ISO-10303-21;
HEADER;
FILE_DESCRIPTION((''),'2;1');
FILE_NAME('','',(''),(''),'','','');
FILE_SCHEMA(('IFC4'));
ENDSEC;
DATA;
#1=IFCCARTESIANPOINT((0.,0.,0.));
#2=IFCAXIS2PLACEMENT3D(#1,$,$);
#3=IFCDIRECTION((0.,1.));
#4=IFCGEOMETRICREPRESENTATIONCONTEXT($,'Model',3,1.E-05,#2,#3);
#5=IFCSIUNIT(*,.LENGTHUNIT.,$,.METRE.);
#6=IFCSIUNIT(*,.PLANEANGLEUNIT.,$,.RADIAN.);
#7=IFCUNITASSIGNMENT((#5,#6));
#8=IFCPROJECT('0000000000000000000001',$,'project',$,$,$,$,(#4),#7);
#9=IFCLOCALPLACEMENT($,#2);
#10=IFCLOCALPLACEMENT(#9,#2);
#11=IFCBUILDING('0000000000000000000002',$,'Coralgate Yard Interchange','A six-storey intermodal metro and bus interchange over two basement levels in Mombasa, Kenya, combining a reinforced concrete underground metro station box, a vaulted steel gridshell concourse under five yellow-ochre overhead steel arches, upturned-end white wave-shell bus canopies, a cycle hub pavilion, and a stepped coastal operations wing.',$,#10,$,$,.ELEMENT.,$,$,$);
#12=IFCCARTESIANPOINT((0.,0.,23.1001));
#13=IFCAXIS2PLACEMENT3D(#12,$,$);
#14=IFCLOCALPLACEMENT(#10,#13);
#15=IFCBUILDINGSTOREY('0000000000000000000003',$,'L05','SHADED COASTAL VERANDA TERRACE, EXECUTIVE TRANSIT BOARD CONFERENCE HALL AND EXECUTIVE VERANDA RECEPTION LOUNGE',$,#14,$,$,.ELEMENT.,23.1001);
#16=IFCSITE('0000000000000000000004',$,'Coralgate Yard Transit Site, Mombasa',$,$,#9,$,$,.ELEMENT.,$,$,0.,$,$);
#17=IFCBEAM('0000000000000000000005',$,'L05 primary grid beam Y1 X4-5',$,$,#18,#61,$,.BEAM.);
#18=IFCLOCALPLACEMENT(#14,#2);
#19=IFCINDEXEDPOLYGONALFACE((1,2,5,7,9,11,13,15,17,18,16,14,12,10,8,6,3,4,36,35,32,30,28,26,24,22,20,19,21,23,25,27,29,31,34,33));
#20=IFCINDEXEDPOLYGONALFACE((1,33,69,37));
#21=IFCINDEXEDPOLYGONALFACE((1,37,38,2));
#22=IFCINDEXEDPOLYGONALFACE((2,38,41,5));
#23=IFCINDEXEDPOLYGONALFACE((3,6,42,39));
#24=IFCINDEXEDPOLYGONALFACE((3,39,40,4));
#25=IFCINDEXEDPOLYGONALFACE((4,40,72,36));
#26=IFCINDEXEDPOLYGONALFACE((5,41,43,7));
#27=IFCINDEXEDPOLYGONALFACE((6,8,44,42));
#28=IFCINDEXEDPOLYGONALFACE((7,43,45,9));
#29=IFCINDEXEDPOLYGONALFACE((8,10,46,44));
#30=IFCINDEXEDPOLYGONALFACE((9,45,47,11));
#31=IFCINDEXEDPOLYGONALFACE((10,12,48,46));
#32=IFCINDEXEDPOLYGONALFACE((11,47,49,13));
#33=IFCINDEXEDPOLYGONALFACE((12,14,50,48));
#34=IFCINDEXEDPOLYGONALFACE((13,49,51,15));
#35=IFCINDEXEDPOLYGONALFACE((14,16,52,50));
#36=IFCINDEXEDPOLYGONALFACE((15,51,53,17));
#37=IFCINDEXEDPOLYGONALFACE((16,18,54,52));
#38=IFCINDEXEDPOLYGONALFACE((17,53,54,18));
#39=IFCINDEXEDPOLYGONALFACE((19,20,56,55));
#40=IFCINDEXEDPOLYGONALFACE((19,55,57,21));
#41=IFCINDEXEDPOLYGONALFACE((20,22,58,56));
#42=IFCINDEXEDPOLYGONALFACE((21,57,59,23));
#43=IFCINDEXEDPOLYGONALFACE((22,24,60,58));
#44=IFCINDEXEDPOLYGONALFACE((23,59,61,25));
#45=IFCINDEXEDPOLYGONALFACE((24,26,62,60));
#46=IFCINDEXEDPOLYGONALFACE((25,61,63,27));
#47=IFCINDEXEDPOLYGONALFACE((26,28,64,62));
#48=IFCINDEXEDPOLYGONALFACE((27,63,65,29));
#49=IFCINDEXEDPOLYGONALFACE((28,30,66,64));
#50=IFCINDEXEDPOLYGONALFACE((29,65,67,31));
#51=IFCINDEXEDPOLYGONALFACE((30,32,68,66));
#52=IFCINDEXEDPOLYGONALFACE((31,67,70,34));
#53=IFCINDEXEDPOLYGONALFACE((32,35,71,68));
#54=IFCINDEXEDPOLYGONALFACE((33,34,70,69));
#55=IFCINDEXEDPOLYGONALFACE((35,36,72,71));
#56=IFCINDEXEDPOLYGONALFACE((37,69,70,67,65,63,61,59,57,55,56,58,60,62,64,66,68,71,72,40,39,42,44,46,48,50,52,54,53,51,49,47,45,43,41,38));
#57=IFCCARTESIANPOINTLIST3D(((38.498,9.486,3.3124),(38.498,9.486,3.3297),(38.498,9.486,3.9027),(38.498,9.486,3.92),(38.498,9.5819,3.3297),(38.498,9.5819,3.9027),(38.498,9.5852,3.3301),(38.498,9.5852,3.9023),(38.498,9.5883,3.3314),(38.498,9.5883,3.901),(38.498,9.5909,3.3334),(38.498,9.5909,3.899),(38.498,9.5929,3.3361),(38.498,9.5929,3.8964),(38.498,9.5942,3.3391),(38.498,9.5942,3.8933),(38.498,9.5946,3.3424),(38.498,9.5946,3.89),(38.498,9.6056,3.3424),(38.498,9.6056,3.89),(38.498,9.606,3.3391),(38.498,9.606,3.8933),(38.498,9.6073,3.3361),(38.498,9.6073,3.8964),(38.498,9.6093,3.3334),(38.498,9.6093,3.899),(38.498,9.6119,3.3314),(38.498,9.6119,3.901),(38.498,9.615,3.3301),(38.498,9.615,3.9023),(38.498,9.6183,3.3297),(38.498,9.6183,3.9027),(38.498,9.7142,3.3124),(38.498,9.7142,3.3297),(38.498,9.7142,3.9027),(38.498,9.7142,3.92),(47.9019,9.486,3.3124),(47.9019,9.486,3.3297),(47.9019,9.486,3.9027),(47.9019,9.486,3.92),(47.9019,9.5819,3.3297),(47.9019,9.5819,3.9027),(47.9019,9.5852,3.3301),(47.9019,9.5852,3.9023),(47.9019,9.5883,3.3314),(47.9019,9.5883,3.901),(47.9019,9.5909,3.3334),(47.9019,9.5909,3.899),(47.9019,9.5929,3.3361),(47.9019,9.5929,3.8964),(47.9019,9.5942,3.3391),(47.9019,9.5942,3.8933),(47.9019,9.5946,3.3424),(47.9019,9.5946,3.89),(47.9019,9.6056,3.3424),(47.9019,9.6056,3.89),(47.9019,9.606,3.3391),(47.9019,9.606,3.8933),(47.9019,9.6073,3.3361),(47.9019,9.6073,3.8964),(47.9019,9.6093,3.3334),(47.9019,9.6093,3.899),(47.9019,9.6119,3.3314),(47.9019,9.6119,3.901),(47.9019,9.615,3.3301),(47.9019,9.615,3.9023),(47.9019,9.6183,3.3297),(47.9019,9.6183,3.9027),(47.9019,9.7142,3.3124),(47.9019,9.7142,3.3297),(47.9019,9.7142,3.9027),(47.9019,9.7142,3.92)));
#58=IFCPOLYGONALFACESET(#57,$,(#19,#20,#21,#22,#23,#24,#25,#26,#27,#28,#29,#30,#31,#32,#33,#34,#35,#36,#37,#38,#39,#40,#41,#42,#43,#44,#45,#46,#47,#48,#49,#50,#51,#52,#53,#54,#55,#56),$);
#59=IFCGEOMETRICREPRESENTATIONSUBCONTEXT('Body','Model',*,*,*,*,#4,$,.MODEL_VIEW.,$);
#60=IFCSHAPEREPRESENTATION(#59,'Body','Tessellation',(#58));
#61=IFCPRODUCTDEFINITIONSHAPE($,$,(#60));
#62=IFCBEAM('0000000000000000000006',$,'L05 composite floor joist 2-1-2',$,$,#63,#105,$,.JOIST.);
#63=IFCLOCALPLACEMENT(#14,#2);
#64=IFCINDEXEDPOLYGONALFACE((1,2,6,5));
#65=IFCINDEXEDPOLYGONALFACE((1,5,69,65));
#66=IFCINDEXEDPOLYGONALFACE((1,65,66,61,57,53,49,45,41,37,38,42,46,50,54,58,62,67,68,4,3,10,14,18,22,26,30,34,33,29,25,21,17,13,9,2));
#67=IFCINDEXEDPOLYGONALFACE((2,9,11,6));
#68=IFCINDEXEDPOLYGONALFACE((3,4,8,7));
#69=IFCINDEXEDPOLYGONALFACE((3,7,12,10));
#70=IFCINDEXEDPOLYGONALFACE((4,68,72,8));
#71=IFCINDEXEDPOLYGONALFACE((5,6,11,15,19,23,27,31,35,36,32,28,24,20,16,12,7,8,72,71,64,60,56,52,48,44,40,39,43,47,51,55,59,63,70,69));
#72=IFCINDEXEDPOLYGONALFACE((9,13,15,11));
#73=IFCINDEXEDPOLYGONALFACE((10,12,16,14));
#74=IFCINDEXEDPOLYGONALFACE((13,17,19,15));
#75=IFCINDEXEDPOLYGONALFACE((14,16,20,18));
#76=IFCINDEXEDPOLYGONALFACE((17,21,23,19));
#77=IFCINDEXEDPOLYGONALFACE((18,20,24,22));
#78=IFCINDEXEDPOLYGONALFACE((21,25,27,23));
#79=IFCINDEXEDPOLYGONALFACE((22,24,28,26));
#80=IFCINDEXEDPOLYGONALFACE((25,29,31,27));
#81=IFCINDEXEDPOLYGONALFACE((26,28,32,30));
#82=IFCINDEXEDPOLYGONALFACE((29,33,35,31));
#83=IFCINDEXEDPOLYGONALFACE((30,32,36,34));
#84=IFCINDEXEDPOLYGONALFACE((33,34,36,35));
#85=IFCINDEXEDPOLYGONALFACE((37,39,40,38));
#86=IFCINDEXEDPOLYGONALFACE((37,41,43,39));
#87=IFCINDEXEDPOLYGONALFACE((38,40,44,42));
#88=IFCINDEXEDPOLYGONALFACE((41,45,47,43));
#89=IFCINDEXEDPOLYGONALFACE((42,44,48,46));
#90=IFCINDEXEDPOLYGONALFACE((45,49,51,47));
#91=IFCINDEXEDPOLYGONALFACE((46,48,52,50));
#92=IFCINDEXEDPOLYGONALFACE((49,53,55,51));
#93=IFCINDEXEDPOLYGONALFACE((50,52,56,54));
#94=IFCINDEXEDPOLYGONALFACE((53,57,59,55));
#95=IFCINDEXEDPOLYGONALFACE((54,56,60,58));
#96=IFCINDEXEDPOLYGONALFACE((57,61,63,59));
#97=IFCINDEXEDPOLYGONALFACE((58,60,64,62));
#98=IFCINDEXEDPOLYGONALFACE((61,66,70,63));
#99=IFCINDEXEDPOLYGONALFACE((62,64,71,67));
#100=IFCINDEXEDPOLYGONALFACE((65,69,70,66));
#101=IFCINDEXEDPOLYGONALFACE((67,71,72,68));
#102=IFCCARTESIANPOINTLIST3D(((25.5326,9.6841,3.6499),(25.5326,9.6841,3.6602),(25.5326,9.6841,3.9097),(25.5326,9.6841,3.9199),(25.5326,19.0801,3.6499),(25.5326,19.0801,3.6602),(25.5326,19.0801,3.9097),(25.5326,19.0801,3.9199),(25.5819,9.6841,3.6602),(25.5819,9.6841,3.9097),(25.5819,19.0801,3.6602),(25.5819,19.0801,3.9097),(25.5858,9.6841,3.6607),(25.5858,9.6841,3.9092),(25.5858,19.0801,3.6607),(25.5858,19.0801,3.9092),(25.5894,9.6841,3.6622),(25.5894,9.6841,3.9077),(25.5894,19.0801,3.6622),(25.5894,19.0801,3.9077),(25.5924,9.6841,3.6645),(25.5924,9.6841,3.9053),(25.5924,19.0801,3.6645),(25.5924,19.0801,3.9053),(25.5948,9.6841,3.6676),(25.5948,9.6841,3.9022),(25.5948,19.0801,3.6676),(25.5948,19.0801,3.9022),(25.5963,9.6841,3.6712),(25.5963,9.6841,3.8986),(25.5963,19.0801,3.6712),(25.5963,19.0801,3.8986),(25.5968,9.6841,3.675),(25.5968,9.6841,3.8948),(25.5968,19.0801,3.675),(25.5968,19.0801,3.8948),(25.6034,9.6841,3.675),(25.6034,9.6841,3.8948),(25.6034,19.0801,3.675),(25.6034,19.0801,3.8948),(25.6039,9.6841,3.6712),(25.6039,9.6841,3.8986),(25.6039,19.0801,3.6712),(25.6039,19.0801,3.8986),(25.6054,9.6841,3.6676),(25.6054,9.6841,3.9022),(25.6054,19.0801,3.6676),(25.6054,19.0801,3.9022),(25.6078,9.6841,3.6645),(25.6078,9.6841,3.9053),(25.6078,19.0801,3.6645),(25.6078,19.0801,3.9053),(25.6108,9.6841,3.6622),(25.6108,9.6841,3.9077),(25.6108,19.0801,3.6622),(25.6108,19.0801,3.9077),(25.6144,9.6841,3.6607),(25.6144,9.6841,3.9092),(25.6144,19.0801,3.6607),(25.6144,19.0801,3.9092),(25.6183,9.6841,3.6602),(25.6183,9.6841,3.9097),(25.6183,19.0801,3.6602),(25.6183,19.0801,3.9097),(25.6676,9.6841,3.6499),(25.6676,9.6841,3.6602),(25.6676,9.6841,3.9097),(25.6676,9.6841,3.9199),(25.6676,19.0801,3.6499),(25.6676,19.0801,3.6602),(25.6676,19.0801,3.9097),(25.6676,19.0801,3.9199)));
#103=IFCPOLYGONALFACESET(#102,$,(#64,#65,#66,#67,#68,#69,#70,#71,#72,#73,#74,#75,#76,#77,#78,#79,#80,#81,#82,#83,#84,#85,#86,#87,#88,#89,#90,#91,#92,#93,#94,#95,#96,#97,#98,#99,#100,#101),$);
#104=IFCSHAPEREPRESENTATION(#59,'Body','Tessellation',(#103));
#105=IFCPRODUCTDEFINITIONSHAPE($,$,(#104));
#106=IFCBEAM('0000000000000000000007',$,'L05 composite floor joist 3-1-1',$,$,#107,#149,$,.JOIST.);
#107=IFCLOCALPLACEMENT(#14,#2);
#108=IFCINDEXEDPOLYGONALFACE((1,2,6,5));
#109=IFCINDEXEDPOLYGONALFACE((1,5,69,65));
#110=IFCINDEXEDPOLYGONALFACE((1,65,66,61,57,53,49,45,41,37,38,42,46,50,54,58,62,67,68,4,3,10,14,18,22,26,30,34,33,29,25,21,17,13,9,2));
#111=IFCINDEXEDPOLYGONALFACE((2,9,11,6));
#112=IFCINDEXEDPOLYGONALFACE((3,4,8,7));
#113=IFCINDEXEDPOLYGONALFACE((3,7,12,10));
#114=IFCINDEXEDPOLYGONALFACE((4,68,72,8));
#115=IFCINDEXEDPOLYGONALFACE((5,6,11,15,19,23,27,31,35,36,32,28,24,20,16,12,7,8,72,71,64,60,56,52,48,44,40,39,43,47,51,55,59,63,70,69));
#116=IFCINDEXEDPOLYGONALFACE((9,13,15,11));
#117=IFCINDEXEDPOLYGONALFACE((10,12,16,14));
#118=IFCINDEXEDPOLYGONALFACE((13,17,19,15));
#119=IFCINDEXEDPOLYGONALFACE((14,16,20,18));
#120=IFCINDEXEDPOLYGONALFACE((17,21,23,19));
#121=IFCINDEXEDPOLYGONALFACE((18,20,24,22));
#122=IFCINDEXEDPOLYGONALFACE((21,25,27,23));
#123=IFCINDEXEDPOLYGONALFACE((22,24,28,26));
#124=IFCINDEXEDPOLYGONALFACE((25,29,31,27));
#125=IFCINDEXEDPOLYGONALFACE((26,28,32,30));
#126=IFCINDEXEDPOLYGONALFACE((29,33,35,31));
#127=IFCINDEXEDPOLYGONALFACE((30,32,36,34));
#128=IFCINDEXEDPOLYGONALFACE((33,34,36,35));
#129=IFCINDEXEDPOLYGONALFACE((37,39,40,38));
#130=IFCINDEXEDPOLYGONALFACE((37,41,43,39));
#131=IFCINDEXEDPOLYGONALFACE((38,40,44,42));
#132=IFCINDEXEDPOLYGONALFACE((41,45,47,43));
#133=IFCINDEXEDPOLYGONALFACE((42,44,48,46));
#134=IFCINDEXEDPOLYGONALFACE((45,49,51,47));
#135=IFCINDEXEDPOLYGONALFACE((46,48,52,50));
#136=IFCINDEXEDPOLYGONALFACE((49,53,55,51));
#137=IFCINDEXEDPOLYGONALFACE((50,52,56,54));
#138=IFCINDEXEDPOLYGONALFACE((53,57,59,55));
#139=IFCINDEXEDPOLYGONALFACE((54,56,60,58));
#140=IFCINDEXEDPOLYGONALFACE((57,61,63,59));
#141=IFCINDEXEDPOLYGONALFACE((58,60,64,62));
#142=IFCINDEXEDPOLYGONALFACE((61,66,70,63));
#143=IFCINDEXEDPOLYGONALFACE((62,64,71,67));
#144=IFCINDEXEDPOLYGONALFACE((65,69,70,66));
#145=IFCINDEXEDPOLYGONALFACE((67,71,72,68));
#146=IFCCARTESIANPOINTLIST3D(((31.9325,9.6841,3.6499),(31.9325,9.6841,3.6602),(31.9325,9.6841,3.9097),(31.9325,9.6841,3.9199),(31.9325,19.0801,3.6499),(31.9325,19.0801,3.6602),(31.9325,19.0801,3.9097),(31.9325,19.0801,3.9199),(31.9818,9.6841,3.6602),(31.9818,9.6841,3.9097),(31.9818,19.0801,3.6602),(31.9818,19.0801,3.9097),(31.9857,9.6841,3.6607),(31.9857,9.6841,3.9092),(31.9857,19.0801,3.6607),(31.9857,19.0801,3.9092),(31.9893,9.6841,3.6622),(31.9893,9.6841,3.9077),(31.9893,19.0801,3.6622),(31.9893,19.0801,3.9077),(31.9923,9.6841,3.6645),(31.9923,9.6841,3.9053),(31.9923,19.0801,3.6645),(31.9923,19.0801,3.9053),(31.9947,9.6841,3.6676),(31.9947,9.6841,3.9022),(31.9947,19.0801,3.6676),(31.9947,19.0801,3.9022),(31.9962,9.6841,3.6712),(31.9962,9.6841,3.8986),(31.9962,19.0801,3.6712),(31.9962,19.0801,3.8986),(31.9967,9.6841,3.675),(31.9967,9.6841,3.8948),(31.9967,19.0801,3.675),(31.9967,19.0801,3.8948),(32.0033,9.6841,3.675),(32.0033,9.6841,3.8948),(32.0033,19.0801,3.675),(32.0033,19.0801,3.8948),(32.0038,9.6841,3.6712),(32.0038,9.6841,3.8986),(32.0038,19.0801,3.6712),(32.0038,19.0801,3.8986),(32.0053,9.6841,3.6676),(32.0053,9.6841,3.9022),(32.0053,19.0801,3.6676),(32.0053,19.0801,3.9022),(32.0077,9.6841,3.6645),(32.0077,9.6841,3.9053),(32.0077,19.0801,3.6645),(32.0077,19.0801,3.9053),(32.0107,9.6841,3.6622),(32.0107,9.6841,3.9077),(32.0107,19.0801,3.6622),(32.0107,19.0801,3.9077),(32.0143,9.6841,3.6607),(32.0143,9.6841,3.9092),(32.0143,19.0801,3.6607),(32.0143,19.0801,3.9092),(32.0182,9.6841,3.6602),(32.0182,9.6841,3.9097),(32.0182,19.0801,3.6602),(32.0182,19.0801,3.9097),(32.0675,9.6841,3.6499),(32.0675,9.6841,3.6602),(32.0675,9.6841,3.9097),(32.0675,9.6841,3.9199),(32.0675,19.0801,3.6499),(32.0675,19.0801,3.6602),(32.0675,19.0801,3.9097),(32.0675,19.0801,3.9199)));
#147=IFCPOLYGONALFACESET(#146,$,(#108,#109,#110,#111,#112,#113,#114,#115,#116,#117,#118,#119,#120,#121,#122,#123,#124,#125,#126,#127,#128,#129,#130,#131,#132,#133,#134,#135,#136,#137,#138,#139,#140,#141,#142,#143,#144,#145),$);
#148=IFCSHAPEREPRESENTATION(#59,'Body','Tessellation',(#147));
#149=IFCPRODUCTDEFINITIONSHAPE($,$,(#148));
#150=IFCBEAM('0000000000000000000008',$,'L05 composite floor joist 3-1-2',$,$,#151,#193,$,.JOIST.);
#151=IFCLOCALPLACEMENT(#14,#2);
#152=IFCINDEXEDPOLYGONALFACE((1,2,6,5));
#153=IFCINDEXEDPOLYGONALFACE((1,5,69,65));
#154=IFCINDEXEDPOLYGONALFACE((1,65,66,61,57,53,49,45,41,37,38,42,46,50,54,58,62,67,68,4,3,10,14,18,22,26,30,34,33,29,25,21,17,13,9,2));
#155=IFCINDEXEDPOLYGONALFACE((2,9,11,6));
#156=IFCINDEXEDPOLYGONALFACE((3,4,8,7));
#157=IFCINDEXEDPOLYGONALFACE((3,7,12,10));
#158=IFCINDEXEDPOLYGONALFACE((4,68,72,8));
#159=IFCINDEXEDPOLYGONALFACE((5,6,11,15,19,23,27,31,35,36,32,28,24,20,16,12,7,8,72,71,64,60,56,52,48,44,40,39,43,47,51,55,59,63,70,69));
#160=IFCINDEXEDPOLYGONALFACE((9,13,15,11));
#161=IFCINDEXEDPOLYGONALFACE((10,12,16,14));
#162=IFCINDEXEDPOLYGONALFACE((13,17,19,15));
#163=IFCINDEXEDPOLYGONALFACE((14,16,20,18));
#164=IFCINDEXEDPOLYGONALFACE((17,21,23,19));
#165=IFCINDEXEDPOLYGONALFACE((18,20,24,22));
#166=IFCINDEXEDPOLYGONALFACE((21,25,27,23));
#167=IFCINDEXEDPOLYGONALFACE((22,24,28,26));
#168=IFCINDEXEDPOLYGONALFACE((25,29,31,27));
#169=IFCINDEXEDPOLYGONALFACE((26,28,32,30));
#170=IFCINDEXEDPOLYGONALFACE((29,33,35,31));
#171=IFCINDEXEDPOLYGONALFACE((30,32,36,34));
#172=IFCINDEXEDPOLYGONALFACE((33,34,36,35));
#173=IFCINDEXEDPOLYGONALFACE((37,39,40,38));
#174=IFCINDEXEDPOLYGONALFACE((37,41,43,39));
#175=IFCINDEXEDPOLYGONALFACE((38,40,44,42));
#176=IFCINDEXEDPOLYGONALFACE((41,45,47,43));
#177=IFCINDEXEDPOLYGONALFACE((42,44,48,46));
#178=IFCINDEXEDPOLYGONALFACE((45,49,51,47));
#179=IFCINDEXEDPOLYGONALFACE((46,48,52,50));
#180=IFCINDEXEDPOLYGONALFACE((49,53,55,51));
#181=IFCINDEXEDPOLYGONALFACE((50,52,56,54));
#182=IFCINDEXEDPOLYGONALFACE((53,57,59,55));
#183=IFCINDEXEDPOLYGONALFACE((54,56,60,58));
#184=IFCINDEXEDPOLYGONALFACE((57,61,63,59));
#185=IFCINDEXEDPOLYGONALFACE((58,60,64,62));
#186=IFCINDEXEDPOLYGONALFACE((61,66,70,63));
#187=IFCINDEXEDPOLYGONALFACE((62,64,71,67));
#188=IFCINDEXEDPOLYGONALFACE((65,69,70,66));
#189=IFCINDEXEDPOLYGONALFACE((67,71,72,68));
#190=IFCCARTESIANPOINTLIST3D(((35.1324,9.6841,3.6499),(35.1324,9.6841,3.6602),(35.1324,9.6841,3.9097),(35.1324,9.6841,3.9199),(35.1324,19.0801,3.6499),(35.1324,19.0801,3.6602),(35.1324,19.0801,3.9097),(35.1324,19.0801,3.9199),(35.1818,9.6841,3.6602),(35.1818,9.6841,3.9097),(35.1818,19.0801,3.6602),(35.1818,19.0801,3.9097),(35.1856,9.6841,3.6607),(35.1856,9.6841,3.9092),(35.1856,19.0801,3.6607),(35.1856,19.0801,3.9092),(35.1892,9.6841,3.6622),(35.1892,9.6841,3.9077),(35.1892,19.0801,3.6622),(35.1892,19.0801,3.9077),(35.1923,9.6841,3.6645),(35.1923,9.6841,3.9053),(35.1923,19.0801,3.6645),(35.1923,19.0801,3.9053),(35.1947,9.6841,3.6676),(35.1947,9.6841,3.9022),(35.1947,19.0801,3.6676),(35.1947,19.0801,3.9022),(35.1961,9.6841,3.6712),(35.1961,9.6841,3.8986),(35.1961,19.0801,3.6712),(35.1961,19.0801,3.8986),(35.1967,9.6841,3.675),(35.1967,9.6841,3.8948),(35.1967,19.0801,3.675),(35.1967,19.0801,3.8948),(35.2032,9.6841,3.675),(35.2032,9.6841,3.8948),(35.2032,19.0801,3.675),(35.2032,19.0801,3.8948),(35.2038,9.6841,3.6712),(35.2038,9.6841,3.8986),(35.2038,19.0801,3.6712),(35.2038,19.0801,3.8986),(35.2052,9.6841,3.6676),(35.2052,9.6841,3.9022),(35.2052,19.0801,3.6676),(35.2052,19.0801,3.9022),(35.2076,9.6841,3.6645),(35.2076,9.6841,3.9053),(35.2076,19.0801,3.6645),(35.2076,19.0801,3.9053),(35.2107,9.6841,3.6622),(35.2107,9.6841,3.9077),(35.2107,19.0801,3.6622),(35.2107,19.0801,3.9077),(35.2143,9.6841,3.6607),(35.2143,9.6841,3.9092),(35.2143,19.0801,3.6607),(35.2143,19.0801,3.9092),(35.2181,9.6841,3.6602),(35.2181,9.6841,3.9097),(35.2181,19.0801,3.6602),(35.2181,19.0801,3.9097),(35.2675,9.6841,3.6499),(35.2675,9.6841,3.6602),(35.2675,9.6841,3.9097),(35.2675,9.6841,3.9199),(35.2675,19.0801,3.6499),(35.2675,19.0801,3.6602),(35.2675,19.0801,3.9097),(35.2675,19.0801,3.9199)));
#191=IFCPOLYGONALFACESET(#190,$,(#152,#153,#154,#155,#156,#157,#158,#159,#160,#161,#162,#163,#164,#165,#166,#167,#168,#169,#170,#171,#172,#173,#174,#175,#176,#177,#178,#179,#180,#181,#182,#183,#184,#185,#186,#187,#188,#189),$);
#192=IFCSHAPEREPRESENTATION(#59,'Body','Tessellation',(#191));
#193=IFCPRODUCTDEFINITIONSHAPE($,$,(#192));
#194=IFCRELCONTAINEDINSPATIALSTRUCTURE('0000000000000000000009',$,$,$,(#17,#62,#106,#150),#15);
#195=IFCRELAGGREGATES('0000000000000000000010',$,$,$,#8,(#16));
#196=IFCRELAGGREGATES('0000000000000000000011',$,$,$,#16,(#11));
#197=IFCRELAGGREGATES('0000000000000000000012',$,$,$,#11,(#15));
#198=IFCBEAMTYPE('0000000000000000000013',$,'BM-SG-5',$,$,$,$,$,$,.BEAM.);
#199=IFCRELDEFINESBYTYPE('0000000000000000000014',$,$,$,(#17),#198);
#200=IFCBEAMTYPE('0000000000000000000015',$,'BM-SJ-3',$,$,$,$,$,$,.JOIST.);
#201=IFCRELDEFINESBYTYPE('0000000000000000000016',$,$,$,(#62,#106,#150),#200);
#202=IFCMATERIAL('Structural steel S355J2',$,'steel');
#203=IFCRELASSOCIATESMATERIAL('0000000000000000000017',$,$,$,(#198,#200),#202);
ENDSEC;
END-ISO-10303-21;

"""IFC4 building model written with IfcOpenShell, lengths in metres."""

from ifc_helpers import new_model, si_unit, direction, frame, origin, origin_2d, place, context, subcontext, project, spatial, i_section, extrude, material, material_profile, profile_set, type_object, element, save


model = new_model("IFC4")

# Units and contexts
model_context = context("Model", 3, precision=1e-05, world=origin(), true_north=direction((0.0, 1.0)))
body_context = subcontext(model_context, "Body", "Model", "MODEL_VIEW")
ifc_project = project(units=[si_unit("LENGTHUNIT", "METRE"), si_unit("PLANEANGLEUNIT", "RADIAN")], contexts=[model_context])

# Site, building, storey
site_placement = place(None, origin())
site = spatial("IfcSite", under=ifc_project, at=site_placement, Name="Coralgate Yard Transit Site, Mombasa", CompositionType="ELEMENT", RefElevation=0.0)
building_placement = place(site_placement, origin())
building = spatial("IfcBuilding", under=site, at=building_placement, Name="Coralgate Yard Interchange", Description="A six-storey intermodal metro and bus interchange over two basement levels in Mombasa, Kenya, combining a reinforced concrete underground metro station box, a vaulted steel gridshell concourse under five yellow-ochre overhead steel arches, upturned-end white wave-shell bus canopies, a cycle hub pavilion, and a stepped coastal operations wing.", CompositionType="ELEMENT")
storey_placement = place(building_placement, frame((0.0, 0.0, 23.1001)))
storey = spatial("IfcBuildingStorey", under=building, at=storey_placement, Name="L05", Description="SHADED COASTAL VERANDA TERRACE, EXECUTIVE TRANSIT BOARD CONFERENCE HALL AND EXECUTIVE VERANDA RECEPTION LOUNGE", CompositionType="ELEMENT", Elevation=23.1001)

# Shared definitions
ifc_material_1 = material(Name="Structural steel S355J2", Category="steel")

# Beams
ifc_material_profile_1 = material_profile(ifc_material_1, i_section(OverallWidth=0.2283, OverallDepth=0.6077, WebThickness=0.011, FlangeThickness=0.0173, FilletRadius=0.0127, at=origin_2d()), Name="UB 610x229x113")
ifc_profile_set_1 = profile_set([ifc_material_profile_1], Name="Structural steel S355J2")
beam_type_1 = type_object("IfcBeamType", Name="BM-SG-5", PredefinedType="BEAM", material=ifc_profile_set_1)
beam_placement = place(storey_placement, frame((38.498, 9.6001, 3.6162), z_axis=(1.0, 0.0, 0.0), x_axis=(0.0, 1.0, 0.0)))
element("IfcBeam", 1, at=beam_placement, inside=storey, type_object=beam_type_1, Name="L05 primary grid beam Y1 X4-5", PredefinedType="BEAM", context=body_context, shape_type="SweptSolid", body=[
    extrude(i_section(OverallWidth=0.2283, OverallDepth=0.6077, WebThickness=0.011, FlangeThickness=0.0173, FilletRadius=0.0127, at=origin_2d()), origin(), (0.0, 0.0, 1.0), 9.4038),
])
ifc_material_profile_2 = material_profile(ifc_material_1, i_section(OverallWidth=0.135, OverallDepth=0.27, WebThickness=0.0066, FlangeThickness=0.0103, FilletRadius=0.0149, at=origin_2d()), Name="IPE 270")
ifc_profile_set_2 = profile_set([ifc_material_profile_2], Name="Structural steel S355J2")
beam_type_2 = type_object("IfcBeamType", Name="BM-SJ-3", PredefinedType="JOIST", material=ifc_profile_set_2)
for number, where, z_axis, x_axis, name in (
    (2, (25.6001, 9.6841, 3.7849), (0.0, 1.0, 0.0), (-1.0, 0.0, 0.0), "L05 composite floor joist 2-1-2"),
    (3, (32.0, 9.6841, 3.7849), (0.0, 1.0, 0.0), (-1.0, 0.0, 0.0), "L05 composite floor joist 3-1-1"),
    (4, (35.2, 9.6841, 3.7849), (0.0, 1.0, 0.0), (-1.0, 0.0, 0.0), "L05 composite floor joist 3-1-2"),
):
    element("IfcBeam", number, at=place(storey_placement, frame(where, z_axis=z_axis, x_axis=x_axis)), inside=storey, type_object=beam_type_2, Name=name, PredefinedType="JOIST", context=body_context, shape_type="SweptSolid", body=[
        extrude(i_section(OverallWidth=0.135, OverallDepth=0.27, WebThickness=0.0066, FlangeThickness=0.0103, FilletRadius=0.0149, at=origin_2d()), origin(), (0.0, 0.0, 1.0), 9.396),
    ])

save(model, "model.ifc")
